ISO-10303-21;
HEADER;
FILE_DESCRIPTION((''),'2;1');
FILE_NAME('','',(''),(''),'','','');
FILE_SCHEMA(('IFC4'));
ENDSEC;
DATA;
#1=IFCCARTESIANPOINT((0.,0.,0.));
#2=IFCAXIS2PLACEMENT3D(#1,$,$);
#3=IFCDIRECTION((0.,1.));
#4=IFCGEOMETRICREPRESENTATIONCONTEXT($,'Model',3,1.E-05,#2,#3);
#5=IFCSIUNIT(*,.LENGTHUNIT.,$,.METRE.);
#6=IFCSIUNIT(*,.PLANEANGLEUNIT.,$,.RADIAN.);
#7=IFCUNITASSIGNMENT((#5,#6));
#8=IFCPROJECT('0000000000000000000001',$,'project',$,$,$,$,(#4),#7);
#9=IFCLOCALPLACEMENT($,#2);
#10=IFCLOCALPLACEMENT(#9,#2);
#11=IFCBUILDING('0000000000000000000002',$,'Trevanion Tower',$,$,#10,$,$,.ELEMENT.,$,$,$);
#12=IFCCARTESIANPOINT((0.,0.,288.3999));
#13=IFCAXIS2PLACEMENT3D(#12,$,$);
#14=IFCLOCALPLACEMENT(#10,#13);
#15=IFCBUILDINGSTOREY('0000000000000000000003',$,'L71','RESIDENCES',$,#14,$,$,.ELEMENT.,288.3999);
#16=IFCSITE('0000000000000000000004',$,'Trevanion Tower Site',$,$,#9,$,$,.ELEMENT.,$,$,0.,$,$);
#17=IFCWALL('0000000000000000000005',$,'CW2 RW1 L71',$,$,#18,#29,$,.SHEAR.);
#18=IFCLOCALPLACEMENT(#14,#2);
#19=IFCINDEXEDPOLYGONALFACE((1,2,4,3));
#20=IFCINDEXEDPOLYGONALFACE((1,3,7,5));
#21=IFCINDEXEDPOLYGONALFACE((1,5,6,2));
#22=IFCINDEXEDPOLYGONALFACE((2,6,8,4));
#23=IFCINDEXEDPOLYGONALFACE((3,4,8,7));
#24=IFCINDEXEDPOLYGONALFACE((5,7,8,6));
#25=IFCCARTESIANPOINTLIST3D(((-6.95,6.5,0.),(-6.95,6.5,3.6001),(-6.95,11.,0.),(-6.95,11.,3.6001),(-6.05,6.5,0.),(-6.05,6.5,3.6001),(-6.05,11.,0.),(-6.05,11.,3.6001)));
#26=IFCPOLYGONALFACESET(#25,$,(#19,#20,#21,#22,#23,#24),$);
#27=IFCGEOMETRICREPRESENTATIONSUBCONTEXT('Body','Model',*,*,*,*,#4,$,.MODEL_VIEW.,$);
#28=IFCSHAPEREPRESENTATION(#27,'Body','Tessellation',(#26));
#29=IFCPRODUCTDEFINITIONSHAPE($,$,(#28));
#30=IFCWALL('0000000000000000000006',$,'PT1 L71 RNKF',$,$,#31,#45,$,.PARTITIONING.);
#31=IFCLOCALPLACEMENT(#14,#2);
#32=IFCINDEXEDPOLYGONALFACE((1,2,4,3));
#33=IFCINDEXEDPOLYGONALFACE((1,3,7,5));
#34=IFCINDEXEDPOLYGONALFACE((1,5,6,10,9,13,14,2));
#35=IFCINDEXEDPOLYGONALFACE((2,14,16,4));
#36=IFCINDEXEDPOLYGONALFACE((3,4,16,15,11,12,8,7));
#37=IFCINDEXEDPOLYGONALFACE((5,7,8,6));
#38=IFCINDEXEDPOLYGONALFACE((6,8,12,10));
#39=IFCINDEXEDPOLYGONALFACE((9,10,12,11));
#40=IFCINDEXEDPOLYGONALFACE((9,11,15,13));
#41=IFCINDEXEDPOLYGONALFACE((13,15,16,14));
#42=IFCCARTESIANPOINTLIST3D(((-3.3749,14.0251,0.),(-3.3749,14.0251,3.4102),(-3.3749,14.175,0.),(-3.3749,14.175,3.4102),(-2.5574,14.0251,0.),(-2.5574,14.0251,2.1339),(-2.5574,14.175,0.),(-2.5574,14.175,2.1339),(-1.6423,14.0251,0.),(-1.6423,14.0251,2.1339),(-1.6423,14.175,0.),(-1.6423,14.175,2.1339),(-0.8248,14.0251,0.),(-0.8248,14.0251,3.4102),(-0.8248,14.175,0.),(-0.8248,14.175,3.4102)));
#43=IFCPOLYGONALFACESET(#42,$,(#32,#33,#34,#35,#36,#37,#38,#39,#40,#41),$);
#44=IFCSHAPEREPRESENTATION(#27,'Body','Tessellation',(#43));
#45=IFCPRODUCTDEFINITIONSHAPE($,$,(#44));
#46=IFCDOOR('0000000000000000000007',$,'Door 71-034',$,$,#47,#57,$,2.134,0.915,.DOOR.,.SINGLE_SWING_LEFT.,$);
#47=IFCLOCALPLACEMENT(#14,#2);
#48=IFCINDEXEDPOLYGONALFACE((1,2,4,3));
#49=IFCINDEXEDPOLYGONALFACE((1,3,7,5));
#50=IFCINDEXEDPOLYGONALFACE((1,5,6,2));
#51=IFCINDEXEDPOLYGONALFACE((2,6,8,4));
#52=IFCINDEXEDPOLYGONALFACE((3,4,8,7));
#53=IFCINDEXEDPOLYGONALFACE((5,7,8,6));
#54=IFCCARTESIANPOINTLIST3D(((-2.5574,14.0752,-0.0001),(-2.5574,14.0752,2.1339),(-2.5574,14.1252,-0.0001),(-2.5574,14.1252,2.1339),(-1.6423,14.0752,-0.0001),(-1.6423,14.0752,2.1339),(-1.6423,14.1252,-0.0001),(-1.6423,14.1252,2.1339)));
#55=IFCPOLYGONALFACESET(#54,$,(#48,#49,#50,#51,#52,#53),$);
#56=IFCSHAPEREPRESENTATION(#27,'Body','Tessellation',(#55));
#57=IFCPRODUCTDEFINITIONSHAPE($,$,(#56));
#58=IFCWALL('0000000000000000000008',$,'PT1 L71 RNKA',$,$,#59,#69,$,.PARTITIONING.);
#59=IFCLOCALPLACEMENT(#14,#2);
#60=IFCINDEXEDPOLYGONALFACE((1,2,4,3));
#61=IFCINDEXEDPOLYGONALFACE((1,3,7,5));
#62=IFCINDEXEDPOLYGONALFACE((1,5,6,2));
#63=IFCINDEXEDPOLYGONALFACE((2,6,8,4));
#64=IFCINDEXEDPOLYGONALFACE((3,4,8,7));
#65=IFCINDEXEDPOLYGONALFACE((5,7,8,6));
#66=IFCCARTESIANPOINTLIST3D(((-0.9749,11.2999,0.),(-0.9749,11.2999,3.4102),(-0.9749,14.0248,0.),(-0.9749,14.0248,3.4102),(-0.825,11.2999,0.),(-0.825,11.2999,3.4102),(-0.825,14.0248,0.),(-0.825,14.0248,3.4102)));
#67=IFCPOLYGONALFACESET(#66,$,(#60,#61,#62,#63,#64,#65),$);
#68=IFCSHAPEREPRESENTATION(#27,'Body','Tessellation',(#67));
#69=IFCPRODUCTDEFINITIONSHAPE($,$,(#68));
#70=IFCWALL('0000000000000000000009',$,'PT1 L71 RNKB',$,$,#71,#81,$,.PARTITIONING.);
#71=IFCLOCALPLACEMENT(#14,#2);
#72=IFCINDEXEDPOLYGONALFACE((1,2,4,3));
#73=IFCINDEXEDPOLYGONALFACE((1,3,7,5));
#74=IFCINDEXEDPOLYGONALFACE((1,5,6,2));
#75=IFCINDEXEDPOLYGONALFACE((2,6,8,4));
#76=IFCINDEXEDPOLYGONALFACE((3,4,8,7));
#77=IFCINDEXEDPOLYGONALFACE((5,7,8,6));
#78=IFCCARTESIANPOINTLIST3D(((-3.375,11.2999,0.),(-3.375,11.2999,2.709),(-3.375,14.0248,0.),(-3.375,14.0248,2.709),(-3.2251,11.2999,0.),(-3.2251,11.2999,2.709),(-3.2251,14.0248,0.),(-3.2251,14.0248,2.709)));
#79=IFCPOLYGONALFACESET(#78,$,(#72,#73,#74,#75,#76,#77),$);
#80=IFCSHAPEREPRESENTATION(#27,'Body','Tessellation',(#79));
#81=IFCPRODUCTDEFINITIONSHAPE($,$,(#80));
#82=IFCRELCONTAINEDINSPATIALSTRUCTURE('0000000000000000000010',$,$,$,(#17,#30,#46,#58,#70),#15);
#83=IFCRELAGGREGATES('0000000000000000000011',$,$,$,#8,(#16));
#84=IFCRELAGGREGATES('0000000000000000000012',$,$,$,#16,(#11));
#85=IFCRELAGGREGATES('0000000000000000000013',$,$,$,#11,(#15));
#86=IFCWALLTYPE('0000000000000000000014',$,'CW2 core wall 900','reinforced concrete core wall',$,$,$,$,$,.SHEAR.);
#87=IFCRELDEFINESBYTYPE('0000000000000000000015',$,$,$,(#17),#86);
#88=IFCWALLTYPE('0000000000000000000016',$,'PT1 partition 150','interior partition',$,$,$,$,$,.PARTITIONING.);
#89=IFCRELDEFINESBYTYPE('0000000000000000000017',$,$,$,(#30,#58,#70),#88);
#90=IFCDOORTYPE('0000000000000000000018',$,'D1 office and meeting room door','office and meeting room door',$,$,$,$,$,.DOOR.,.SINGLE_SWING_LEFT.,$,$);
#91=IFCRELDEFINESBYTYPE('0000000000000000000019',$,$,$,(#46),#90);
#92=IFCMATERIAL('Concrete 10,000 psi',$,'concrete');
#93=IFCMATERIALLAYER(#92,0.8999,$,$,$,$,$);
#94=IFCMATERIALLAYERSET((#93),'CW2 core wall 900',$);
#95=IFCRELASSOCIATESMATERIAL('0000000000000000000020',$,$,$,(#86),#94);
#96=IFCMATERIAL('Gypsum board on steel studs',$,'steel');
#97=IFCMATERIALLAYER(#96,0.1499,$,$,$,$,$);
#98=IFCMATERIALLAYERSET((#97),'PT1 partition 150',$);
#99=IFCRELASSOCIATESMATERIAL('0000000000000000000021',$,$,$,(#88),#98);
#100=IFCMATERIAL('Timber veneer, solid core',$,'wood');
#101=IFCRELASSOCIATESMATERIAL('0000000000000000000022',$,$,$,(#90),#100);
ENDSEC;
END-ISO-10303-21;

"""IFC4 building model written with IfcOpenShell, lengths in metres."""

from ifc_helpers import new_model, si_unit, direction, frame, frame_2d, origin, place, context, subcontext, project, spatial, rectangle, extrude, material, layer, layer_set, type_object, element, fill, save


model = new_model("IFC4")

# Units and contexts
model_context = context("Model", 3, precision=1e-05, world=origin(), true_north=direction((0.0, 1.0)))
body_context = subcontext(model_context, "Body", "Model", "MODEL_VIEW")
ifc_project = project(units=[si_unit("LENGTHUNIT", "METRE"), si_unit("PLANEANGLEUNIT", "RADIAN")], contexts=[model_context])

# Site, building, storey
site_placement = place(None, origin())
site = spatial("IfcSite", under=ifc_project, at=site_placement, Name="Trevanion Tower Site", CompositionType="ELEMENT", RefElevation=0.0)
building_placement = place(site_placement, origin())
building = spatial("IfcBuilding", under=site, at=building_placement, Name="Trevanion Tower", CompositionType="ELEMENT")
storey_placement = place(building_placement, frame((0.0, 0.0, 288.3999)))
storey = spatial("IfcBuildingStorey", under=building, at=storey_placement, Name="L71", Description="RESIDENCES", CompositionType="ELEMENT", Elevation=288.3999)

# Wall
ifc_material_1 = material(Name="Concrete 10,000 psi", Category="concrete")
ifc_layer_1 = layer(ifc_material_1, 0.8999)
ifc_layer_set_1 = layer_set([ifc_layer_1], Name="CW2 core wall 900")
wall_type_1 = type_object("IfcWallType", Name="CW2 core wall 900", Description="reinforced concrete core wall", PredefinedType="SHEAR", material=ifc_layer_set_1)
wall_1_placement = place(storey_placement, frame((-6.5, 11.0, 0.0), z_axis=(0.0, 0.0, 1.0), x_axis=(0.0, -1.0, 0.0)))
element("IfcWall", 1, at=wall_1_placement, inside=storey, type_object=wall_type_1, Name="CW2 RW1 L71", PredefinedType="SHEAR", context=body_context, shape_type="SweptSolid", body=[
    extrude(rectangle(XDim=4.5, YDim=0.8999, at=frame_2d((2.25, 0.0))), origin(), (0.0, 0.0, 1.0), 3.6001),
])

# Wall, opening, door
ifc_material_2 = material(Name="Gypsum board on steel studs", Category="steel")
ifc_layer_2 = layer(ifc_material_2, 0.1499)
ifc_layer_set_2 = layer_set([ifc_layer_2], Name="PT1 partition 150")
wall_type_2 = type_object("IfcWallType", Name="PT1 partition 150", Description="interior partition", PredefinedType="PARTITIONING", material=ifc_layer_set_2)
wall_2_placement = place(storey_placement, frame((-0.825, 14.1001, 0.0), z_axis=(0.0, 0.0, 1.0), x_axis=(-1.0, 0.0, 0.0)))
wall_2 = element("IfcWall", 2, at=wall_2_placement, inside=storey, type_object=wall_type_2, Name="PT1 L71 RNKF", PredefinedType="PARTITIONING", context=body_context, shape_type="SweptSolid", body=[
    extrude(rectangle(XDim=2.55, YDim=0.1499, at=frame_2d((1.2749, 0.0))), origin(), (0.0, 0.0, 1.0), 3.4102),
])
opening_placement = place(wall_2_placement, frame((0.8174, 0.0, 0.0)))
opening = element("IfcOpeningElement", 3, at=opening_placement, cuts=wall_2, PredefinedType="OPENING", context=body_context, shape_type="SweptSolid", body=[
    extrude(rectangle(XDim=0.915, YDim=2.134, at=frame_2d((0.4575, 1.0669))), frame((0.0, 0.085, 0.0), z_axis=(0.0, -1.0, 0.0), x_axis=(1.0, 0.0, 0.0)), (0.0, 0.0, 1.0), 0.1699),
])
ifc_material_3 = material(Name="Timber veneer, solid core", Category="wood")
door_type = type_object("IfcDoorType", Name="D1 office and meeting room door", Description="office and meeting room door", OperationType="SINGLE_SWING_LEFT", PredefinedType="DOOR", material=ifc_material_3)
door_placement = place(opening_placement, origin())
door = element("IfcDoor", 4, at=door_placement, inside=storey, type_object=door_type, Name="Door 71-034", OperationType="SINGLE_SWING_LEFT", OverallHeight=2.134, OverallWidth=0.915, PredefinedType="DOOR", context=body_context, shape_type="SweptSolid", body=[
    extrude(rectangle(XDim=0.915, YDim=2.134, at=frame_2d((0.4575, 1.0669))), frame((0.0, 0.0249, 0.0), z_axis=(0.0, -1.0, 0.0), x_axis=(1.0, 0.0, 0.0)), (0.0, 0.0, 1.0), 0.05),
])
fill(opening, door)

# Walls
wall_3_placement = place(storey_placement, frame((-0.8999, 11.3, 0.0), z_axis=(0.0, 0.0, 1.0), x_axis=(0.0, 1.0, 0.0)))
element("IfcWall", 5, at=wall_3_placement, inside=storey, type_object=wall_type_2, Name="PT1 L71 RNKA", PredefinedType="PARTITIONING", context=body_context, shape_type="SweptSolid", body=[
    extrude(rectangle(XDim=2.7249, YDim=0.1499, at=frame_2d((1.3623, 0.0))), origin(), (0.0, 0.0, 1.0), 3.4102),
])
wall_4_placement = place(storey_placement, frame((-3.3, 11.3, 0.0), z_axis=(0.0, 0.0, 1.0), x_axis=(0.0, 1.0, 0.0)))
element("IfcWall", 6, at=wall_4_placement, inside=storey, type_object=wall_type_2, Name="PT1 L71 RNKB", PredefinedType="PARTITIONING", context=body_context, shape_type="SweptSolid", body=[
    extrude(rectangle(XDim=2.7249, YDim=0.1499, at=frame_2d((1.3623, 0.0))), origin(), (0.0, 0.0, 1.0), 2.709),
])

save(model, "model.ifc")
